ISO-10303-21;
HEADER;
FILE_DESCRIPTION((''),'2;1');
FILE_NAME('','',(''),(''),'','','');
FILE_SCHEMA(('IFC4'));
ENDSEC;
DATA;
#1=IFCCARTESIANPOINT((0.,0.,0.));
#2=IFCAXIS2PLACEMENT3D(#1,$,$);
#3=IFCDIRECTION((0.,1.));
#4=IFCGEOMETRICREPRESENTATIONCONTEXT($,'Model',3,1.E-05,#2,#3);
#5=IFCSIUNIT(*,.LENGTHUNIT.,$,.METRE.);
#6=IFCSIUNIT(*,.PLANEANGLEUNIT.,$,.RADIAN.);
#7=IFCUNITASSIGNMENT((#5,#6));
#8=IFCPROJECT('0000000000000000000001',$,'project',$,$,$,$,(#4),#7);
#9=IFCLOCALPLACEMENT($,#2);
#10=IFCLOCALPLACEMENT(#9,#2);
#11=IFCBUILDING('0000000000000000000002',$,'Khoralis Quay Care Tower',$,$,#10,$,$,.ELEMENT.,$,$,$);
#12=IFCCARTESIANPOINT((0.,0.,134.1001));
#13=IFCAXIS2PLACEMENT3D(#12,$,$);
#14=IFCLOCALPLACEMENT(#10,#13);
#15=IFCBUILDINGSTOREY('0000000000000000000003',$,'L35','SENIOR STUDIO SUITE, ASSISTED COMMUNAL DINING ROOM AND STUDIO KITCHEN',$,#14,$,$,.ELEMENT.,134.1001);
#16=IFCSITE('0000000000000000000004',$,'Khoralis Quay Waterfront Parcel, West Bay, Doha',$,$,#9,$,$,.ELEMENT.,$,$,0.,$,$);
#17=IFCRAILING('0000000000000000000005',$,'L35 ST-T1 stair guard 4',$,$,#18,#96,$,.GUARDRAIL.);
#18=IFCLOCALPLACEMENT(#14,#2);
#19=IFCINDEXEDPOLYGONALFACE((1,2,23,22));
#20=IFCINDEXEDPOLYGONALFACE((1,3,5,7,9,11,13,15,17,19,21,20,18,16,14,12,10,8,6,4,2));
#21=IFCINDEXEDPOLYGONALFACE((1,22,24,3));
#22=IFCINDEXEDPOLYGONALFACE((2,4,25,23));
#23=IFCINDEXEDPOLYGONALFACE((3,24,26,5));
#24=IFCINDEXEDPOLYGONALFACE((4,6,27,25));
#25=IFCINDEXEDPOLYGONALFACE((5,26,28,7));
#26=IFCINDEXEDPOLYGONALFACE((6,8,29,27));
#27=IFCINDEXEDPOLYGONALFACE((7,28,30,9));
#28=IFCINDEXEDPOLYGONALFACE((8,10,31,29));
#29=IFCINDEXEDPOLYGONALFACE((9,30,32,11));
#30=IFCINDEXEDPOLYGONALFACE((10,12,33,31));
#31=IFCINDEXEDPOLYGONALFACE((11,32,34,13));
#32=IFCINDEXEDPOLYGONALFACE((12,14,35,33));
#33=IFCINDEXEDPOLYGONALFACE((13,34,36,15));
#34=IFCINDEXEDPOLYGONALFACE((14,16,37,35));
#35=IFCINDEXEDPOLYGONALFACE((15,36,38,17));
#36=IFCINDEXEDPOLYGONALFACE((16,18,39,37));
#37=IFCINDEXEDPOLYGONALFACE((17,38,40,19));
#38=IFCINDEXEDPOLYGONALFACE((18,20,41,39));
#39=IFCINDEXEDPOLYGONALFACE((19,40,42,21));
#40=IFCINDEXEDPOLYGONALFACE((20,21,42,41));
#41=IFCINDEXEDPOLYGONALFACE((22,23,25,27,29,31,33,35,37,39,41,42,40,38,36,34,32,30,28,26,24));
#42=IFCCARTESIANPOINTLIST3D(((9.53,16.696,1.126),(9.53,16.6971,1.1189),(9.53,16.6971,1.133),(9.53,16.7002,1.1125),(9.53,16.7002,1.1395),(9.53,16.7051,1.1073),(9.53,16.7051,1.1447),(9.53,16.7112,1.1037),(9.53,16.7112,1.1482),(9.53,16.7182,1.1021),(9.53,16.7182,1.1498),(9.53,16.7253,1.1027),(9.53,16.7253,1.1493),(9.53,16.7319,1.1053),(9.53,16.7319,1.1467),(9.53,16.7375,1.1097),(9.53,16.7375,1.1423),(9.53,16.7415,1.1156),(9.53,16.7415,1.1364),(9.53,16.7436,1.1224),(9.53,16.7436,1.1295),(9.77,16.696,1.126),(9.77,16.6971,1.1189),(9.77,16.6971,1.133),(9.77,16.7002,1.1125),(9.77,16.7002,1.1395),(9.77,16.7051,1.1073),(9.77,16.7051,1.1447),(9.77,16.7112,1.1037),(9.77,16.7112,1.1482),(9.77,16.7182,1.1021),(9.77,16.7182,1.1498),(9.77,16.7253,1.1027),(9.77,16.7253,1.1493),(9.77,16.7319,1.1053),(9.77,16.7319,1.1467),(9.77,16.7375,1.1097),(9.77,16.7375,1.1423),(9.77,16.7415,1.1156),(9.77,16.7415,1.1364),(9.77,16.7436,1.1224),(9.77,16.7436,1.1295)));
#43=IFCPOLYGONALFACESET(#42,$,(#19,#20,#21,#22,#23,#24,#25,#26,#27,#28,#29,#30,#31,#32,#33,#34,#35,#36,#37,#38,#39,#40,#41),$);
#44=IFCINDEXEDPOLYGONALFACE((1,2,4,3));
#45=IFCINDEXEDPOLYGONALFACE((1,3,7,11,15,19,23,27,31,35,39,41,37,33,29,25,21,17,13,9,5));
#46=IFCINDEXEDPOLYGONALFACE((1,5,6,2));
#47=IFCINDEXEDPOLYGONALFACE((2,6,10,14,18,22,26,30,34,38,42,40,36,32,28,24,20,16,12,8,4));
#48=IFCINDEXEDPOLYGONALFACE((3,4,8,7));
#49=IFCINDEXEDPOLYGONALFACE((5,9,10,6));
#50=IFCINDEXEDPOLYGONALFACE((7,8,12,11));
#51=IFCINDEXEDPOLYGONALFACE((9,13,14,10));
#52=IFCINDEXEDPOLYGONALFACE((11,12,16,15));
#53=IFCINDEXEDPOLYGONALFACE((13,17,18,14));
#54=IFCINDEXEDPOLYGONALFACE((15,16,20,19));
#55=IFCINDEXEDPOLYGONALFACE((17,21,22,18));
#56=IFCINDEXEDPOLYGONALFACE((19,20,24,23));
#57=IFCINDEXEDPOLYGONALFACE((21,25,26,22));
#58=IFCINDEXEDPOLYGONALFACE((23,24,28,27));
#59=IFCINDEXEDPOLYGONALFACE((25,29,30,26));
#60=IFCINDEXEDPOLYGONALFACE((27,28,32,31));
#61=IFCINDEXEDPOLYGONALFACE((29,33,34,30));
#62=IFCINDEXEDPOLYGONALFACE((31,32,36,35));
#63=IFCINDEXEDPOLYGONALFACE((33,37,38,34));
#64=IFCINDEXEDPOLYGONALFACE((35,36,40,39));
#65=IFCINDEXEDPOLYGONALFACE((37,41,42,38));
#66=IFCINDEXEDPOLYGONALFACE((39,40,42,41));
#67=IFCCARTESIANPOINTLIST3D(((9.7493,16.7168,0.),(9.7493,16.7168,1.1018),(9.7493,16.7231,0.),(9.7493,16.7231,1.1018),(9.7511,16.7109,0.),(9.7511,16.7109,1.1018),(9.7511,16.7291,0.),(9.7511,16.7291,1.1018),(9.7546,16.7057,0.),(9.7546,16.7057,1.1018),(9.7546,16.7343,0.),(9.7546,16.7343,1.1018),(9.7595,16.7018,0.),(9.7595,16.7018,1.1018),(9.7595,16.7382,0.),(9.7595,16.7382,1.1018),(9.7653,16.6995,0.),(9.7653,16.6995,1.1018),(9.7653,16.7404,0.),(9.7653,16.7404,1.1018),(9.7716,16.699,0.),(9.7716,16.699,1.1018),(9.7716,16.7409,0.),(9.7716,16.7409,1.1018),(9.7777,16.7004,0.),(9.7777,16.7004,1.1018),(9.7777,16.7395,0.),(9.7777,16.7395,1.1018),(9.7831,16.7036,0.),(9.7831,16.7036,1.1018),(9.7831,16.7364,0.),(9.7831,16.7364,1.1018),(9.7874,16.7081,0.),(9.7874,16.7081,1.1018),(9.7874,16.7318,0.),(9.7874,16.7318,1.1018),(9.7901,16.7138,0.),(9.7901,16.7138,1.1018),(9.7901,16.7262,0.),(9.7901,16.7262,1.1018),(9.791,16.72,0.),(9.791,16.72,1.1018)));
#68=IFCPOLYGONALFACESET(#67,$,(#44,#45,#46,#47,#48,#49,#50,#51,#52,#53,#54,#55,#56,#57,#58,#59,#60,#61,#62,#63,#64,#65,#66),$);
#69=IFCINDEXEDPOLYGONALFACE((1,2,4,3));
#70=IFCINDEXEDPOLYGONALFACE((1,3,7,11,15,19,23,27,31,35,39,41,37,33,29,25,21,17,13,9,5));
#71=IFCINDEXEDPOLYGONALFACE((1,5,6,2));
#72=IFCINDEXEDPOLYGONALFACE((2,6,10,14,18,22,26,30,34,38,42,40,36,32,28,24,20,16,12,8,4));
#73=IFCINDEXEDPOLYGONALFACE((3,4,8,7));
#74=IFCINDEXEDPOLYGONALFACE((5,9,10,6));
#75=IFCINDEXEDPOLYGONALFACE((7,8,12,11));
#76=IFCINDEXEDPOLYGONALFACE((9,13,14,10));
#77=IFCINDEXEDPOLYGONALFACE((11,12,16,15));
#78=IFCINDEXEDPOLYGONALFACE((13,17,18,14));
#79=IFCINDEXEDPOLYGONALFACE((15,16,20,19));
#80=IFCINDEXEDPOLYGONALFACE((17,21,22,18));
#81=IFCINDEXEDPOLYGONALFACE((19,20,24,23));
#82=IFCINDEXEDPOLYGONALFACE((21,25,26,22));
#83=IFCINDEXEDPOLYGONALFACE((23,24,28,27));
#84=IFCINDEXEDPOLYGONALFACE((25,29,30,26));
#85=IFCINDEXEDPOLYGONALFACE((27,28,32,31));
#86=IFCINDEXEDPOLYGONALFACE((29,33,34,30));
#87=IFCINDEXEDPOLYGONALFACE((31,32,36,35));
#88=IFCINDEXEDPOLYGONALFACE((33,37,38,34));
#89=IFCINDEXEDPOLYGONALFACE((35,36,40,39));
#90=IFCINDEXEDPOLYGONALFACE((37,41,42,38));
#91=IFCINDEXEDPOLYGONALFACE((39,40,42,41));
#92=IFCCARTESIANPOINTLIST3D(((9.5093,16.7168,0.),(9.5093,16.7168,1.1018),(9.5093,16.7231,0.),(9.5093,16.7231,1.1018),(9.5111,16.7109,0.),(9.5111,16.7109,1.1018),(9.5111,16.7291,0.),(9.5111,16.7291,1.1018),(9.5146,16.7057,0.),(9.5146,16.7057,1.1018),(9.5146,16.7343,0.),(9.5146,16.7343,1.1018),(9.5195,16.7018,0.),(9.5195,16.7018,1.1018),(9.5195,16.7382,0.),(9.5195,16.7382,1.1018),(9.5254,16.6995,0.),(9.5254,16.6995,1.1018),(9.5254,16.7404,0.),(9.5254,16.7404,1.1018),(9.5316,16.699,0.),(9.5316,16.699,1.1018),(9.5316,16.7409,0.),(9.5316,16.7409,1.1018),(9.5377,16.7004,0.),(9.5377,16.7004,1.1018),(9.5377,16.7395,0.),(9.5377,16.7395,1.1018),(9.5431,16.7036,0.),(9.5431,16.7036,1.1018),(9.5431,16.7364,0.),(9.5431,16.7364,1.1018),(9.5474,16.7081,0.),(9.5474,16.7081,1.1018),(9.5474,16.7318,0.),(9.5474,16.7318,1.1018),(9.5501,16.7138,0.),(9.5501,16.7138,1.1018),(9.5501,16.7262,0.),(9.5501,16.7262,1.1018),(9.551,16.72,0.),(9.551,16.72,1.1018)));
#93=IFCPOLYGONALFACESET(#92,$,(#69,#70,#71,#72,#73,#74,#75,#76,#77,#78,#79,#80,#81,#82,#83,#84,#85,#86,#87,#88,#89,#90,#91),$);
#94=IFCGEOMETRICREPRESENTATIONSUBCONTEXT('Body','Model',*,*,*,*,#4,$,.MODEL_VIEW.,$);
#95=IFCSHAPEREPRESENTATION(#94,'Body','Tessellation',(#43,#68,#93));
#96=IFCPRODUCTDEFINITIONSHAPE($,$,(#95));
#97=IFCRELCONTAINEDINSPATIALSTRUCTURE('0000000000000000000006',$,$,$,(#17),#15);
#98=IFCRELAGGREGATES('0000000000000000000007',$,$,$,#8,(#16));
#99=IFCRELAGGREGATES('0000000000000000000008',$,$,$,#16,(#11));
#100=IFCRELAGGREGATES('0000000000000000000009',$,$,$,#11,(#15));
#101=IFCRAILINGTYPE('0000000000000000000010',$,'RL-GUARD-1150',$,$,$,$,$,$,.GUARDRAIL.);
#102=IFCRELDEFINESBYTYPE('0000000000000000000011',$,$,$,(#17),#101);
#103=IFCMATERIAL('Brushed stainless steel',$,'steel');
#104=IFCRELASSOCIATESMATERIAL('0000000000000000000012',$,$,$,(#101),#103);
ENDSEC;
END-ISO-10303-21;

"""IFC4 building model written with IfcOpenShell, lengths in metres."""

from ifc_helpers import new_model, si_unit, direction, frame, origin, origin_2d, place, context, subcontext, project, spatial, circle, extrude, material, type_object, element, save


model = new_model("IFC4")

# Units and contexts
model_context = context("Model", 3, precision=1e-05, world=origin(), true_north=direction((0.0, 1.0)))
body_context = subcontext(model_context, "Body", "Model", "MODEL_VIEW")
ifc_project = project(units=[si_unit("LENGTHUNIT", "METRE"), si_unit("PLANEANGLEUNIT", "RADIAN")], contexts=[model_context])

# Site, building, storey
site_placement = place(None, origin())
site = spatial("IfcSite", under=ifc_project, at=site_placement, Name="Khoralis Quay Waterfront Parcel, West Bay, Doha", CompositionType="ELEMENT", RefElevation=0.0)
building_placement = place(site_placement, origin())
building = spatial("IfcBuilding", under=site, at=building_placement, Name="Khoralis Quay Care Tower", CompositionType="ELEMENT")
storey_placement = place(building_placement, frame((0.0, 0.0, 134.1001)))
storey = spatial("IfcBuildingStorey", under=building, at=storey_placement, Name="L35", Description="SENIOR STUDIO SUITE, ASSISTED COMMUNAL DINING ROOM AND STUDIO KITCHEN", CompositionType="ELEMENT", Elevation=134.1001)

# Shared definitions
ifc_material_1 = material(Name="Brushed stainless steel", Category="steel")

# Railing
railing_type_1 = type_object("IfcRailingType", Name="RL-GUARD-1150", PredefinedType="GUARDRAIL", material=ifc_material_1)
railing_1_placement = place(storey_placement, frame((9.77, 16.72, 0.0)))
element("IfcRailing", 1, at=railing_1_placement, inside=storey, type_object=railing_type_1, Name="L35 ST-T1 stair guard 4", PredefinedType="GUARDRAIL", context=body_context, shape_type="SweptSolid", body=[
    extrude(circle(Radius=0.0239, at=origin_2d()), frame((0.0, 0.0, 1.126), z_axis=(-1.0, 0.0, 0.0), x_axis=(0.0, -1.0, 0.0)), (0.0, 0.0, 1.0), 0.24),
    extrude(circle(Radius=0.021, at=origin_2d()), origin(), (0.0, 0.0, 1.0), 1.1018),
    extrude(circle(Radius=0.021, at=origin_2d()), frame((-0.24, 0.0, 0.0)), (0.0, 0.0, 1.0), 1.1018),
])

save(model, "model.ifc")
